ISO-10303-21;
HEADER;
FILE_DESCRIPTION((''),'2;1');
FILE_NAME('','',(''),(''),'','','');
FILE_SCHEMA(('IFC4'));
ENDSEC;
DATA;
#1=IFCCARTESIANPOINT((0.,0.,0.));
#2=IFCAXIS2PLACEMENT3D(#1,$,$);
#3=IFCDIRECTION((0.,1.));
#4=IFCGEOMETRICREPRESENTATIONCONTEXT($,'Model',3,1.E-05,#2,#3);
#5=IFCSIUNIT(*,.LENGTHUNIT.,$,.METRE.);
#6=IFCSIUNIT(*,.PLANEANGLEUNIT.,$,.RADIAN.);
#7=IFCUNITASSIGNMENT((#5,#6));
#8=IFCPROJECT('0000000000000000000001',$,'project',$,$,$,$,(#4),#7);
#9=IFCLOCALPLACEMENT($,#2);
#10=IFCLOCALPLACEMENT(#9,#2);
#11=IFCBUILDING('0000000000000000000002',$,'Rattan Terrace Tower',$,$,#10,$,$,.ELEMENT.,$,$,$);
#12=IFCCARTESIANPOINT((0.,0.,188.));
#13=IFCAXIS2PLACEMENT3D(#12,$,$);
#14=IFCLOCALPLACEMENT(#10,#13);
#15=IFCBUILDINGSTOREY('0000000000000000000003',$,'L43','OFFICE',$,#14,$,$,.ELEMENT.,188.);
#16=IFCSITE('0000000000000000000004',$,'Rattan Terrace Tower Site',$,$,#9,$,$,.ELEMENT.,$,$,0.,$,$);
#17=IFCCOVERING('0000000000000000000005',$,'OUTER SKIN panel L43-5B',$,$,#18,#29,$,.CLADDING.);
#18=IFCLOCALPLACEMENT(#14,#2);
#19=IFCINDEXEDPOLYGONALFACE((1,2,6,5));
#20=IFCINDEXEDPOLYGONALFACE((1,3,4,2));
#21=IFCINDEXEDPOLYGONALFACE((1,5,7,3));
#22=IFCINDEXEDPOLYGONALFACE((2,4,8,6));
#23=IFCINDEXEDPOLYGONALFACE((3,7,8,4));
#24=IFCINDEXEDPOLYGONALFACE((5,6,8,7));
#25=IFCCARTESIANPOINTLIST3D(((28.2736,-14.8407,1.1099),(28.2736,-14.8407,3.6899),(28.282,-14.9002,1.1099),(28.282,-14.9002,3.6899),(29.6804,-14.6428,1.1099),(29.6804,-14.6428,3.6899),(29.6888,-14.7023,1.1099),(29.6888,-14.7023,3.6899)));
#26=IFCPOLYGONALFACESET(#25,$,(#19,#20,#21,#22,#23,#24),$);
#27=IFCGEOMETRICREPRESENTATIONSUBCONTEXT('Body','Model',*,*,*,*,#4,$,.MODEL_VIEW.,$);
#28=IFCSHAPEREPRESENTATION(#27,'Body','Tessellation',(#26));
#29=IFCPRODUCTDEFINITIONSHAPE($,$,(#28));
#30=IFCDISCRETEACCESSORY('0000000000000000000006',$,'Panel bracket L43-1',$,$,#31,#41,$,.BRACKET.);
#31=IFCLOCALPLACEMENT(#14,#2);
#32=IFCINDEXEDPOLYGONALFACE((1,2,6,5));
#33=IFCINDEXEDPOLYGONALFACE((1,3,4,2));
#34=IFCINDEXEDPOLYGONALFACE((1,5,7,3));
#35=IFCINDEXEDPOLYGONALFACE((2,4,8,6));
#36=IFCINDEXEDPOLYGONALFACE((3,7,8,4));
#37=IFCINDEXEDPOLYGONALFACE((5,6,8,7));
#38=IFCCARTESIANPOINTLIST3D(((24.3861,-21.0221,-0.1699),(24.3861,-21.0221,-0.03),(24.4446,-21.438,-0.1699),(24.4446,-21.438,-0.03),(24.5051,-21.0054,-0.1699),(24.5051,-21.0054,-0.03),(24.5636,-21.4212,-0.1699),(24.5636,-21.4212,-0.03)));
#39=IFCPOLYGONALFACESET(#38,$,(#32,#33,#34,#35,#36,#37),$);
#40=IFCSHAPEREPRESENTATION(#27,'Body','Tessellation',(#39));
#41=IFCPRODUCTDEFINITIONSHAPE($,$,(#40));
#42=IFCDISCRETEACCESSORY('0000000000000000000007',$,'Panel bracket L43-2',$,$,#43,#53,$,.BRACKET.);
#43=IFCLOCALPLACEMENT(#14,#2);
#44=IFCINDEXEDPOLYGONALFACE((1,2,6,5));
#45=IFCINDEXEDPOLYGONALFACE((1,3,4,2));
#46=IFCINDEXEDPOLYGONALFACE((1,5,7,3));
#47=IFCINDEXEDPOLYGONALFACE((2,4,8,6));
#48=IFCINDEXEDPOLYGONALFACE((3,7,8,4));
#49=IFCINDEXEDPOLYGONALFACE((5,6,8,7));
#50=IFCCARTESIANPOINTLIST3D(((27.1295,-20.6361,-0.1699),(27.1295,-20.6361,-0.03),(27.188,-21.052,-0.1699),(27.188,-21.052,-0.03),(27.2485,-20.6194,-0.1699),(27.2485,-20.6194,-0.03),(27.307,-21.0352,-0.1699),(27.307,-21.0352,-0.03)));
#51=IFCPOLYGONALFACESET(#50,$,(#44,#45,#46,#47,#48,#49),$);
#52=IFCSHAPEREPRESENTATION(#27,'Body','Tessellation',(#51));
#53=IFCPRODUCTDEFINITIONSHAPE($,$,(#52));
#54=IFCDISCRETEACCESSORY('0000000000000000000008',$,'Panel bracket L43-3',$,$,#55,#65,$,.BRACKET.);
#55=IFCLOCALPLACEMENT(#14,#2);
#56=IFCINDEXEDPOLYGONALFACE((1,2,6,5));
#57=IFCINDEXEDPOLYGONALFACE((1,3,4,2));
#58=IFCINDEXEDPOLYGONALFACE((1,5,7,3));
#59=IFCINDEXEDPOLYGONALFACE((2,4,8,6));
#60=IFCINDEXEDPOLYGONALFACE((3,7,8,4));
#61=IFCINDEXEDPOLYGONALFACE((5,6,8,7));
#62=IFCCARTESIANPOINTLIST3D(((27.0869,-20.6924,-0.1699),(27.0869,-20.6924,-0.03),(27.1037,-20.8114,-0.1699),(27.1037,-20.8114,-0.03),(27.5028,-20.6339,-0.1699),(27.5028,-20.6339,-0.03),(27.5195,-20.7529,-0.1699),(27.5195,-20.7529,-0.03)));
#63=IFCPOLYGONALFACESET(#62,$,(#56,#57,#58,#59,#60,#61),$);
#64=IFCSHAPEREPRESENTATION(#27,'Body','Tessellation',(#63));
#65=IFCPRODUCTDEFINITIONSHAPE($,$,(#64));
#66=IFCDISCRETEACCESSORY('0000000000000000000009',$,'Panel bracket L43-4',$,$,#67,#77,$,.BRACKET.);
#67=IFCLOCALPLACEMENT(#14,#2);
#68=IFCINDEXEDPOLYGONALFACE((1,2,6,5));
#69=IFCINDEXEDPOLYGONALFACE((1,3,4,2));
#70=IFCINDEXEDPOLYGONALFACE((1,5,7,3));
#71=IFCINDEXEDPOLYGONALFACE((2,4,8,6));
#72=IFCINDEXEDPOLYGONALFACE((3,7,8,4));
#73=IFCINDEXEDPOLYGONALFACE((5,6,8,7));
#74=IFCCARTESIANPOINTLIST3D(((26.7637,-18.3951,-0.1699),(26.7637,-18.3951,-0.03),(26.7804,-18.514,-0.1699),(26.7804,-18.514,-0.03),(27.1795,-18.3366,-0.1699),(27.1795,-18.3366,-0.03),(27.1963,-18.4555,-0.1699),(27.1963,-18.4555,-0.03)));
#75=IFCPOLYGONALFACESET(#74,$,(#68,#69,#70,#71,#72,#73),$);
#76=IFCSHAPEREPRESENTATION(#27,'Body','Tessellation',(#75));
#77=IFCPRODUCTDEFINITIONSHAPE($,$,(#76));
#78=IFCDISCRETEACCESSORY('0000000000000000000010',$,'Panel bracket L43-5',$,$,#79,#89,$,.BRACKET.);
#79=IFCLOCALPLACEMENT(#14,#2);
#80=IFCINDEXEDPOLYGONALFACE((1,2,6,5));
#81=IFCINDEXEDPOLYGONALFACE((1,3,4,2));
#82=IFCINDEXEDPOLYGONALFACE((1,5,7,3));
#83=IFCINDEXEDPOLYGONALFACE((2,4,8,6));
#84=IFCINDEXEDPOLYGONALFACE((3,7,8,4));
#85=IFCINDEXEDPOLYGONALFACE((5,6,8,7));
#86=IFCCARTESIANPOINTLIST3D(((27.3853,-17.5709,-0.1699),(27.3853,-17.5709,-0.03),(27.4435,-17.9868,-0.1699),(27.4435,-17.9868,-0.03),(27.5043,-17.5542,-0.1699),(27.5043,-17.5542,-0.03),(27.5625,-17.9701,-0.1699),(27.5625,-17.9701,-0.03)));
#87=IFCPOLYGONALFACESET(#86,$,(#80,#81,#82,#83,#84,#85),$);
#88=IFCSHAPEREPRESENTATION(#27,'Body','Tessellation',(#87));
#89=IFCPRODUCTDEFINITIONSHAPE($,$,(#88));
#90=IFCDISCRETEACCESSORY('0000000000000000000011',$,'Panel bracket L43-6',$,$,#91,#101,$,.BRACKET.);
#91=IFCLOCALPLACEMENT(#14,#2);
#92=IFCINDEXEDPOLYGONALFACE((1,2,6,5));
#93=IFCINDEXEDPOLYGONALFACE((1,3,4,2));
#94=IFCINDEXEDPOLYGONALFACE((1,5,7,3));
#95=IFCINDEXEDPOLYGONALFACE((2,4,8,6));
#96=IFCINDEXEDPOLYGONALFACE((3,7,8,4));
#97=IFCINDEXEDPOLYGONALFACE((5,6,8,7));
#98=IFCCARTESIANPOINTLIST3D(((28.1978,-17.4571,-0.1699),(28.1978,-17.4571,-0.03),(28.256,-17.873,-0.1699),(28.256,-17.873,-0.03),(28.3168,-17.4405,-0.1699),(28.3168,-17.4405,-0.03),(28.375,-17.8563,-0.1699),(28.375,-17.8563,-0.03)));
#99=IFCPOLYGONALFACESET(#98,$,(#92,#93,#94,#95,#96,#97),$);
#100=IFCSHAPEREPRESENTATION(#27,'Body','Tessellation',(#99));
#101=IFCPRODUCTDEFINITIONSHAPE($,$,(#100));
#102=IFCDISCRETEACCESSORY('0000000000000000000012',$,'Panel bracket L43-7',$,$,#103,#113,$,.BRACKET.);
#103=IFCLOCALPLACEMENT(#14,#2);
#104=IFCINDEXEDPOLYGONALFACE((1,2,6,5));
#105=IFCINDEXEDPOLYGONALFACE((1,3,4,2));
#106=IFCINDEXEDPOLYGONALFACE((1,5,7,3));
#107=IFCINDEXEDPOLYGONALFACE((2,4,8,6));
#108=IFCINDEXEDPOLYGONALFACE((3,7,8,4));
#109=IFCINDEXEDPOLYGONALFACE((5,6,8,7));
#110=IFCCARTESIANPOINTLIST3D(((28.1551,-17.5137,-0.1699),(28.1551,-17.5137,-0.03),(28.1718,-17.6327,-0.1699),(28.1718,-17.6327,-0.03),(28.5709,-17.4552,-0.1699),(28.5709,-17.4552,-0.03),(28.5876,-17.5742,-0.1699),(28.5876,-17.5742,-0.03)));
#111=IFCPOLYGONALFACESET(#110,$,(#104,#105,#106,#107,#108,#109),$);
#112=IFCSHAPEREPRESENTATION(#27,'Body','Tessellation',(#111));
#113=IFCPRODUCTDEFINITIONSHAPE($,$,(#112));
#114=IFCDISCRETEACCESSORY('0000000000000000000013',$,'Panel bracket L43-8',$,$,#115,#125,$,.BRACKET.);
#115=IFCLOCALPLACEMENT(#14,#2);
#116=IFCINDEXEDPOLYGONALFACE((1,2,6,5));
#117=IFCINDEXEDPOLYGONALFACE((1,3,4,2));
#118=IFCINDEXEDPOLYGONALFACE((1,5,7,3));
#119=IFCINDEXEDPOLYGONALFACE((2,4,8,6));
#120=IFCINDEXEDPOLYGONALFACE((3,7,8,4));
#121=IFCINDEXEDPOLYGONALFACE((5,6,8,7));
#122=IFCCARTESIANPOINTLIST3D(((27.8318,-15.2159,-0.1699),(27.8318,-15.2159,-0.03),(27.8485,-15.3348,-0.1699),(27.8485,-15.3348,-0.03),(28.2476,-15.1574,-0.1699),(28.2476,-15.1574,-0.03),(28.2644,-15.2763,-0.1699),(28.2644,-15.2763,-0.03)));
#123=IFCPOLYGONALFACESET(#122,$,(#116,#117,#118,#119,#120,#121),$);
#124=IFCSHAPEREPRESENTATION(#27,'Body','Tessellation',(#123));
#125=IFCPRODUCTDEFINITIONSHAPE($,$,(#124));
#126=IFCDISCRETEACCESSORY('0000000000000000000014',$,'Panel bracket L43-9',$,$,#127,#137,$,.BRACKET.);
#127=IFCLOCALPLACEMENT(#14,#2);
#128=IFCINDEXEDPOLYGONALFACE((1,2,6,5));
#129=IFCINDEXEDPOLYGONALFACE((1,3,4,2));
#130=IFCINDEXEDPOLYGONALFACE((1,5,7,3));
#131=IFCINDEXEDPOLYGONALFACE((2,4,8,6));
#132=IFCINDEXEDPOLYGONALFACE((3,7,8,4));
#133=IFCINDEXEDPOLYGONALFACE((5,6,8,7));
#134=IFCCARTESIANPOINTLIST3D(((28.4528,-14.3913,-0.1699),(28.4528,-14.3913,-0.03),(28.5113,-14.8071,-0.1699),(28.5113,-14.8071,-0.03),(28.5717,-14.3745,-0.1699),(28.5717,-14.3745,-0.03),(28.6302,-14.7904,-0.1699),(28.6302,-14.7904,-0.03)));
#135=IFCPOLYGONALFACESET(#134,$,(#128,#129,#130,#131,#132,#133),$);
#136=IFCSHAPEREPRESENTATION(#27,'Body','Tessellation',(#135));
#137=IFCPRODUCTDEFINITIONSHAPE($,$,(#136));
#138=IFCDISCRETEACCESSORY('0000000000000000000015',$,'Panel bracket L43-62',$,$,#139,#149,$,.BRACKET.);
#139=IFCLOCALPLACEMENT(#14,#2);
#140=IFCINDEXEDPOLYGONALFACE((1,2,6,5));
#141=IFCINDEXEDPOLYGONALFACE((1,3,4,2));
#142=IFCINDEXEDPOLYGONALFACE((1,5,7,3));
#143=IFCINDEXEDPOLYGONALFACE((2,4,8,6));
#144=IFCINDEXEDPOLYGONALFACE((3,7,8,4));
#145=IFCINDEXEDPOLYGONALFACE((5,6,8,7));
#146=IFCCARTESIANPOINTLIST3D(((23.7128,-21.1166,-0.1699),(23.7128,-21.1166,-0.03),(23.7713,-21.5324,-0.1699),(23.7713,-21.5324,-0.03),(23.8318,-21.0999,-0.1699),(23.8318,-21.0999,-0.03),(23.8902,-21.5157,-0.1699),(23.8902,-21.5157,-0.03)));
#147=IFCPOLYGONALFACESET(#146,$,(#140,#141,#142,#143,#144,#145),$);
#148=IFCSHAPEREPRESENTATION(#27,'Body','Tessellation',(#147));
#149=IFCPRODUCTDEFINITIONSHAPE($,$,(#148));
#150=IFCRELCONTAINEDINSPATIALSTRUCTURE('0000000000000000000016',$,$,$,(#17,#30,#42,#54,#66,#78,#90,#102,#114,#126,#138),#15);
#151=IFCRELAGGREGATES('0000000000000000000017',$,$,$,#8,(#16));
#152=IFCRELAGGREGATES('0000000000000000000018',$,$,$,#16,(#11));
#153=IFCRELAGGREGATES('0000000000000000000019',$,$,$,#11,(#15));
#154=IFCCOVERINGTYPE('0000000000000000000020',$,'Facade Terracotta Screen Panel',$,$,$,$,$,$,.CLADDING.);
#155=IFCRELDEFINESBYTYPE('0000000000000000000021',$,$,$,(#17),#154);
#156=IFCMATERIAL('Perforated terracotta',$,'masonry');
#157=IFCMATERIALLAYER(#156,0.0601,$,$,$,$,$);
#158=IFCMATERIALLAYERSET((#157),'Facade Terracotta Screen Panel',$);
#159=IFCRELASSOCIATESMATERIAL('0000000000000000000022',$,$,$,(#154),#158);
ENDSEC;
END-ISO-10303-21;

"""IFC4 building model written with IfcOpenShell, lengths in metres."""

from ifc_helpers import new_model, si_unit, direction, frame, origin, origin_2d, place, context, subcontext, project, spatial, rectangle, extrude, material, layer, layer_set, type_object, element, save


model = new_model("IFC4")

# Units and contexts
model_context = context("Model", 3, precision=1e-05, world=origin(), true_north=direction((0.0, 1.0)))
body_context = subcontext(model_context, "Body", "Model", "MODEL_VIEW")
ifc_project = project(units=[si_unit("LENGTHUNIT", "METRE"), si_unit("PLANEANGLEUNIT", "RADIAN")], contexts=[model_context])

# Site, building, storey
site_placement = place(None, origin())
site = spatial("IfcSite", under=ifc_project, at=site_placement, Name="Rattan Terrace Tower Site", CompositionType="ELEMENT", RefElevation=0.0)
building_placement = place(site_placement, origin())
building = spatial("IfcBuilding", under=site, at=building_placement, Name="Rattan Terrace Tower", CompositionType="ELEMENT")
storey_placement = place(building_placement, frame((0.0, 0.0, 188.0)))
storey = spatial("IfcBuildingStorey", under=building, at=storey_placement, Name="L43", Description="OFFICE", CompositionType="ELEMENT", Elevation=188.0)

# Covering
ifc_material_1 = material(Name="Perforated terracotta", Category="masonry")
ifc_layer_1 = layer(ifc_material_1, 0.0601)
ifc_layer_set_1 = layer_set([ifc_layer_1], Name="Facade Terracotta Screen Panel")
covering_type_1 = type_object("IfcCoveringType", Name="Facade Terracotta Screen Panel", PredefinedType="CLADDING", material=ifc_layer_set_1)
covering_1_placement = place(storey_placement, frame((28.9812, -14.7715, 1.1099), z_axis=(0.0, 0.0, 1.0), x_axis=(0.990254, 0.139275, 0.0)))
element("IfcCovering", 1, at=covering_1_placement, inside=storey, type_object=covering_type_1, Name="OUTER SKIN panel L43-5B", PredefinedType="CLADDING", context=body_context, shape_type="SweptSolid", body=[
    extrude(rectangle(XDim=1.4207, YDim=0.0601, at=origin_2d()), origin(), (0.0, 0.0, 1.0), 2.5801),
])

# Discrete accessories
for number, where, z_axis, x_axis, name in (
    (2, (24.4749, -21.2217, -0.1699), (0.0, 0.0, 1.0), (0.990247, 0.139321, 0.0), "Panel bracket L43-1"),
    (3, (27.2183, -20.8357, -0.1699), (0.0, 0.0, 1.0), (0.990247, 0.139321, 0.0), "Panel bracket L43-2"),
    (4, (27.3032, -20.7227, -0.1699), (0.0, 0.0, 1.0), (-0.139321, 0.990247, 0.0), "Panel bracket L43-3"),
    (5, (26.98, -18.4253, -0.1699), (0.0, 0.0, 1.0), (-0.139321, 0.990247, 0.0), "Panel bracket L43-4"),
    (6, (27.4739, -17.7705, -0.1699), (0.0, 0.0, 1.0), (0.990345, 0.138622, 0.0), "Panel bracket L43-5"),
    (7, (28.2864, -17.6567, -0.1699), (0.0, 0.0, 1.0), (0.990345, 0.138622, 0.0), "Panel bracket L43-6"),
    (8, (28.3713, -17.5439, -0.1699), (0.0, 0.0, 1.0), (-0.139321, 0.990247, 0.0), "Panel bracket L43-7"),
    (9, (28.0481, -15.2461, -0.1699), (0.0, 0.0, 1.0), (-0.139321, 0.990247, 0.0), "Panel bracket L43-8"),
    (10, (28.5415, -14.5908, -0.1699), (0.0, 0.0, 1.0), (0.990254, 0.139275, 0.0), "Panel bracket L43-9"),
    (11, (23.8015, -21.3162, -0.1699), (0.0, 0.0, 1.0), (0.99027, 0.139161, 0.0), "Panel bracket L43-62"),
):
    element("IfcDiscreteAccessory", number, at=place(storey_placement, frame(where, z_axis=z_axis, x_axis=x_axis)), inside=storey, Name=name, PredefinedType="BRACKET", context=body_context, shape_type="SweptSolid", body=[
        extrude(rectangle(XDim=0.1201, YDim=0.4199, at=origin_2d()), origin(), (0.0, 0.0, 1.0), 0.1399),
    ])

save(model, "model.ifc")
